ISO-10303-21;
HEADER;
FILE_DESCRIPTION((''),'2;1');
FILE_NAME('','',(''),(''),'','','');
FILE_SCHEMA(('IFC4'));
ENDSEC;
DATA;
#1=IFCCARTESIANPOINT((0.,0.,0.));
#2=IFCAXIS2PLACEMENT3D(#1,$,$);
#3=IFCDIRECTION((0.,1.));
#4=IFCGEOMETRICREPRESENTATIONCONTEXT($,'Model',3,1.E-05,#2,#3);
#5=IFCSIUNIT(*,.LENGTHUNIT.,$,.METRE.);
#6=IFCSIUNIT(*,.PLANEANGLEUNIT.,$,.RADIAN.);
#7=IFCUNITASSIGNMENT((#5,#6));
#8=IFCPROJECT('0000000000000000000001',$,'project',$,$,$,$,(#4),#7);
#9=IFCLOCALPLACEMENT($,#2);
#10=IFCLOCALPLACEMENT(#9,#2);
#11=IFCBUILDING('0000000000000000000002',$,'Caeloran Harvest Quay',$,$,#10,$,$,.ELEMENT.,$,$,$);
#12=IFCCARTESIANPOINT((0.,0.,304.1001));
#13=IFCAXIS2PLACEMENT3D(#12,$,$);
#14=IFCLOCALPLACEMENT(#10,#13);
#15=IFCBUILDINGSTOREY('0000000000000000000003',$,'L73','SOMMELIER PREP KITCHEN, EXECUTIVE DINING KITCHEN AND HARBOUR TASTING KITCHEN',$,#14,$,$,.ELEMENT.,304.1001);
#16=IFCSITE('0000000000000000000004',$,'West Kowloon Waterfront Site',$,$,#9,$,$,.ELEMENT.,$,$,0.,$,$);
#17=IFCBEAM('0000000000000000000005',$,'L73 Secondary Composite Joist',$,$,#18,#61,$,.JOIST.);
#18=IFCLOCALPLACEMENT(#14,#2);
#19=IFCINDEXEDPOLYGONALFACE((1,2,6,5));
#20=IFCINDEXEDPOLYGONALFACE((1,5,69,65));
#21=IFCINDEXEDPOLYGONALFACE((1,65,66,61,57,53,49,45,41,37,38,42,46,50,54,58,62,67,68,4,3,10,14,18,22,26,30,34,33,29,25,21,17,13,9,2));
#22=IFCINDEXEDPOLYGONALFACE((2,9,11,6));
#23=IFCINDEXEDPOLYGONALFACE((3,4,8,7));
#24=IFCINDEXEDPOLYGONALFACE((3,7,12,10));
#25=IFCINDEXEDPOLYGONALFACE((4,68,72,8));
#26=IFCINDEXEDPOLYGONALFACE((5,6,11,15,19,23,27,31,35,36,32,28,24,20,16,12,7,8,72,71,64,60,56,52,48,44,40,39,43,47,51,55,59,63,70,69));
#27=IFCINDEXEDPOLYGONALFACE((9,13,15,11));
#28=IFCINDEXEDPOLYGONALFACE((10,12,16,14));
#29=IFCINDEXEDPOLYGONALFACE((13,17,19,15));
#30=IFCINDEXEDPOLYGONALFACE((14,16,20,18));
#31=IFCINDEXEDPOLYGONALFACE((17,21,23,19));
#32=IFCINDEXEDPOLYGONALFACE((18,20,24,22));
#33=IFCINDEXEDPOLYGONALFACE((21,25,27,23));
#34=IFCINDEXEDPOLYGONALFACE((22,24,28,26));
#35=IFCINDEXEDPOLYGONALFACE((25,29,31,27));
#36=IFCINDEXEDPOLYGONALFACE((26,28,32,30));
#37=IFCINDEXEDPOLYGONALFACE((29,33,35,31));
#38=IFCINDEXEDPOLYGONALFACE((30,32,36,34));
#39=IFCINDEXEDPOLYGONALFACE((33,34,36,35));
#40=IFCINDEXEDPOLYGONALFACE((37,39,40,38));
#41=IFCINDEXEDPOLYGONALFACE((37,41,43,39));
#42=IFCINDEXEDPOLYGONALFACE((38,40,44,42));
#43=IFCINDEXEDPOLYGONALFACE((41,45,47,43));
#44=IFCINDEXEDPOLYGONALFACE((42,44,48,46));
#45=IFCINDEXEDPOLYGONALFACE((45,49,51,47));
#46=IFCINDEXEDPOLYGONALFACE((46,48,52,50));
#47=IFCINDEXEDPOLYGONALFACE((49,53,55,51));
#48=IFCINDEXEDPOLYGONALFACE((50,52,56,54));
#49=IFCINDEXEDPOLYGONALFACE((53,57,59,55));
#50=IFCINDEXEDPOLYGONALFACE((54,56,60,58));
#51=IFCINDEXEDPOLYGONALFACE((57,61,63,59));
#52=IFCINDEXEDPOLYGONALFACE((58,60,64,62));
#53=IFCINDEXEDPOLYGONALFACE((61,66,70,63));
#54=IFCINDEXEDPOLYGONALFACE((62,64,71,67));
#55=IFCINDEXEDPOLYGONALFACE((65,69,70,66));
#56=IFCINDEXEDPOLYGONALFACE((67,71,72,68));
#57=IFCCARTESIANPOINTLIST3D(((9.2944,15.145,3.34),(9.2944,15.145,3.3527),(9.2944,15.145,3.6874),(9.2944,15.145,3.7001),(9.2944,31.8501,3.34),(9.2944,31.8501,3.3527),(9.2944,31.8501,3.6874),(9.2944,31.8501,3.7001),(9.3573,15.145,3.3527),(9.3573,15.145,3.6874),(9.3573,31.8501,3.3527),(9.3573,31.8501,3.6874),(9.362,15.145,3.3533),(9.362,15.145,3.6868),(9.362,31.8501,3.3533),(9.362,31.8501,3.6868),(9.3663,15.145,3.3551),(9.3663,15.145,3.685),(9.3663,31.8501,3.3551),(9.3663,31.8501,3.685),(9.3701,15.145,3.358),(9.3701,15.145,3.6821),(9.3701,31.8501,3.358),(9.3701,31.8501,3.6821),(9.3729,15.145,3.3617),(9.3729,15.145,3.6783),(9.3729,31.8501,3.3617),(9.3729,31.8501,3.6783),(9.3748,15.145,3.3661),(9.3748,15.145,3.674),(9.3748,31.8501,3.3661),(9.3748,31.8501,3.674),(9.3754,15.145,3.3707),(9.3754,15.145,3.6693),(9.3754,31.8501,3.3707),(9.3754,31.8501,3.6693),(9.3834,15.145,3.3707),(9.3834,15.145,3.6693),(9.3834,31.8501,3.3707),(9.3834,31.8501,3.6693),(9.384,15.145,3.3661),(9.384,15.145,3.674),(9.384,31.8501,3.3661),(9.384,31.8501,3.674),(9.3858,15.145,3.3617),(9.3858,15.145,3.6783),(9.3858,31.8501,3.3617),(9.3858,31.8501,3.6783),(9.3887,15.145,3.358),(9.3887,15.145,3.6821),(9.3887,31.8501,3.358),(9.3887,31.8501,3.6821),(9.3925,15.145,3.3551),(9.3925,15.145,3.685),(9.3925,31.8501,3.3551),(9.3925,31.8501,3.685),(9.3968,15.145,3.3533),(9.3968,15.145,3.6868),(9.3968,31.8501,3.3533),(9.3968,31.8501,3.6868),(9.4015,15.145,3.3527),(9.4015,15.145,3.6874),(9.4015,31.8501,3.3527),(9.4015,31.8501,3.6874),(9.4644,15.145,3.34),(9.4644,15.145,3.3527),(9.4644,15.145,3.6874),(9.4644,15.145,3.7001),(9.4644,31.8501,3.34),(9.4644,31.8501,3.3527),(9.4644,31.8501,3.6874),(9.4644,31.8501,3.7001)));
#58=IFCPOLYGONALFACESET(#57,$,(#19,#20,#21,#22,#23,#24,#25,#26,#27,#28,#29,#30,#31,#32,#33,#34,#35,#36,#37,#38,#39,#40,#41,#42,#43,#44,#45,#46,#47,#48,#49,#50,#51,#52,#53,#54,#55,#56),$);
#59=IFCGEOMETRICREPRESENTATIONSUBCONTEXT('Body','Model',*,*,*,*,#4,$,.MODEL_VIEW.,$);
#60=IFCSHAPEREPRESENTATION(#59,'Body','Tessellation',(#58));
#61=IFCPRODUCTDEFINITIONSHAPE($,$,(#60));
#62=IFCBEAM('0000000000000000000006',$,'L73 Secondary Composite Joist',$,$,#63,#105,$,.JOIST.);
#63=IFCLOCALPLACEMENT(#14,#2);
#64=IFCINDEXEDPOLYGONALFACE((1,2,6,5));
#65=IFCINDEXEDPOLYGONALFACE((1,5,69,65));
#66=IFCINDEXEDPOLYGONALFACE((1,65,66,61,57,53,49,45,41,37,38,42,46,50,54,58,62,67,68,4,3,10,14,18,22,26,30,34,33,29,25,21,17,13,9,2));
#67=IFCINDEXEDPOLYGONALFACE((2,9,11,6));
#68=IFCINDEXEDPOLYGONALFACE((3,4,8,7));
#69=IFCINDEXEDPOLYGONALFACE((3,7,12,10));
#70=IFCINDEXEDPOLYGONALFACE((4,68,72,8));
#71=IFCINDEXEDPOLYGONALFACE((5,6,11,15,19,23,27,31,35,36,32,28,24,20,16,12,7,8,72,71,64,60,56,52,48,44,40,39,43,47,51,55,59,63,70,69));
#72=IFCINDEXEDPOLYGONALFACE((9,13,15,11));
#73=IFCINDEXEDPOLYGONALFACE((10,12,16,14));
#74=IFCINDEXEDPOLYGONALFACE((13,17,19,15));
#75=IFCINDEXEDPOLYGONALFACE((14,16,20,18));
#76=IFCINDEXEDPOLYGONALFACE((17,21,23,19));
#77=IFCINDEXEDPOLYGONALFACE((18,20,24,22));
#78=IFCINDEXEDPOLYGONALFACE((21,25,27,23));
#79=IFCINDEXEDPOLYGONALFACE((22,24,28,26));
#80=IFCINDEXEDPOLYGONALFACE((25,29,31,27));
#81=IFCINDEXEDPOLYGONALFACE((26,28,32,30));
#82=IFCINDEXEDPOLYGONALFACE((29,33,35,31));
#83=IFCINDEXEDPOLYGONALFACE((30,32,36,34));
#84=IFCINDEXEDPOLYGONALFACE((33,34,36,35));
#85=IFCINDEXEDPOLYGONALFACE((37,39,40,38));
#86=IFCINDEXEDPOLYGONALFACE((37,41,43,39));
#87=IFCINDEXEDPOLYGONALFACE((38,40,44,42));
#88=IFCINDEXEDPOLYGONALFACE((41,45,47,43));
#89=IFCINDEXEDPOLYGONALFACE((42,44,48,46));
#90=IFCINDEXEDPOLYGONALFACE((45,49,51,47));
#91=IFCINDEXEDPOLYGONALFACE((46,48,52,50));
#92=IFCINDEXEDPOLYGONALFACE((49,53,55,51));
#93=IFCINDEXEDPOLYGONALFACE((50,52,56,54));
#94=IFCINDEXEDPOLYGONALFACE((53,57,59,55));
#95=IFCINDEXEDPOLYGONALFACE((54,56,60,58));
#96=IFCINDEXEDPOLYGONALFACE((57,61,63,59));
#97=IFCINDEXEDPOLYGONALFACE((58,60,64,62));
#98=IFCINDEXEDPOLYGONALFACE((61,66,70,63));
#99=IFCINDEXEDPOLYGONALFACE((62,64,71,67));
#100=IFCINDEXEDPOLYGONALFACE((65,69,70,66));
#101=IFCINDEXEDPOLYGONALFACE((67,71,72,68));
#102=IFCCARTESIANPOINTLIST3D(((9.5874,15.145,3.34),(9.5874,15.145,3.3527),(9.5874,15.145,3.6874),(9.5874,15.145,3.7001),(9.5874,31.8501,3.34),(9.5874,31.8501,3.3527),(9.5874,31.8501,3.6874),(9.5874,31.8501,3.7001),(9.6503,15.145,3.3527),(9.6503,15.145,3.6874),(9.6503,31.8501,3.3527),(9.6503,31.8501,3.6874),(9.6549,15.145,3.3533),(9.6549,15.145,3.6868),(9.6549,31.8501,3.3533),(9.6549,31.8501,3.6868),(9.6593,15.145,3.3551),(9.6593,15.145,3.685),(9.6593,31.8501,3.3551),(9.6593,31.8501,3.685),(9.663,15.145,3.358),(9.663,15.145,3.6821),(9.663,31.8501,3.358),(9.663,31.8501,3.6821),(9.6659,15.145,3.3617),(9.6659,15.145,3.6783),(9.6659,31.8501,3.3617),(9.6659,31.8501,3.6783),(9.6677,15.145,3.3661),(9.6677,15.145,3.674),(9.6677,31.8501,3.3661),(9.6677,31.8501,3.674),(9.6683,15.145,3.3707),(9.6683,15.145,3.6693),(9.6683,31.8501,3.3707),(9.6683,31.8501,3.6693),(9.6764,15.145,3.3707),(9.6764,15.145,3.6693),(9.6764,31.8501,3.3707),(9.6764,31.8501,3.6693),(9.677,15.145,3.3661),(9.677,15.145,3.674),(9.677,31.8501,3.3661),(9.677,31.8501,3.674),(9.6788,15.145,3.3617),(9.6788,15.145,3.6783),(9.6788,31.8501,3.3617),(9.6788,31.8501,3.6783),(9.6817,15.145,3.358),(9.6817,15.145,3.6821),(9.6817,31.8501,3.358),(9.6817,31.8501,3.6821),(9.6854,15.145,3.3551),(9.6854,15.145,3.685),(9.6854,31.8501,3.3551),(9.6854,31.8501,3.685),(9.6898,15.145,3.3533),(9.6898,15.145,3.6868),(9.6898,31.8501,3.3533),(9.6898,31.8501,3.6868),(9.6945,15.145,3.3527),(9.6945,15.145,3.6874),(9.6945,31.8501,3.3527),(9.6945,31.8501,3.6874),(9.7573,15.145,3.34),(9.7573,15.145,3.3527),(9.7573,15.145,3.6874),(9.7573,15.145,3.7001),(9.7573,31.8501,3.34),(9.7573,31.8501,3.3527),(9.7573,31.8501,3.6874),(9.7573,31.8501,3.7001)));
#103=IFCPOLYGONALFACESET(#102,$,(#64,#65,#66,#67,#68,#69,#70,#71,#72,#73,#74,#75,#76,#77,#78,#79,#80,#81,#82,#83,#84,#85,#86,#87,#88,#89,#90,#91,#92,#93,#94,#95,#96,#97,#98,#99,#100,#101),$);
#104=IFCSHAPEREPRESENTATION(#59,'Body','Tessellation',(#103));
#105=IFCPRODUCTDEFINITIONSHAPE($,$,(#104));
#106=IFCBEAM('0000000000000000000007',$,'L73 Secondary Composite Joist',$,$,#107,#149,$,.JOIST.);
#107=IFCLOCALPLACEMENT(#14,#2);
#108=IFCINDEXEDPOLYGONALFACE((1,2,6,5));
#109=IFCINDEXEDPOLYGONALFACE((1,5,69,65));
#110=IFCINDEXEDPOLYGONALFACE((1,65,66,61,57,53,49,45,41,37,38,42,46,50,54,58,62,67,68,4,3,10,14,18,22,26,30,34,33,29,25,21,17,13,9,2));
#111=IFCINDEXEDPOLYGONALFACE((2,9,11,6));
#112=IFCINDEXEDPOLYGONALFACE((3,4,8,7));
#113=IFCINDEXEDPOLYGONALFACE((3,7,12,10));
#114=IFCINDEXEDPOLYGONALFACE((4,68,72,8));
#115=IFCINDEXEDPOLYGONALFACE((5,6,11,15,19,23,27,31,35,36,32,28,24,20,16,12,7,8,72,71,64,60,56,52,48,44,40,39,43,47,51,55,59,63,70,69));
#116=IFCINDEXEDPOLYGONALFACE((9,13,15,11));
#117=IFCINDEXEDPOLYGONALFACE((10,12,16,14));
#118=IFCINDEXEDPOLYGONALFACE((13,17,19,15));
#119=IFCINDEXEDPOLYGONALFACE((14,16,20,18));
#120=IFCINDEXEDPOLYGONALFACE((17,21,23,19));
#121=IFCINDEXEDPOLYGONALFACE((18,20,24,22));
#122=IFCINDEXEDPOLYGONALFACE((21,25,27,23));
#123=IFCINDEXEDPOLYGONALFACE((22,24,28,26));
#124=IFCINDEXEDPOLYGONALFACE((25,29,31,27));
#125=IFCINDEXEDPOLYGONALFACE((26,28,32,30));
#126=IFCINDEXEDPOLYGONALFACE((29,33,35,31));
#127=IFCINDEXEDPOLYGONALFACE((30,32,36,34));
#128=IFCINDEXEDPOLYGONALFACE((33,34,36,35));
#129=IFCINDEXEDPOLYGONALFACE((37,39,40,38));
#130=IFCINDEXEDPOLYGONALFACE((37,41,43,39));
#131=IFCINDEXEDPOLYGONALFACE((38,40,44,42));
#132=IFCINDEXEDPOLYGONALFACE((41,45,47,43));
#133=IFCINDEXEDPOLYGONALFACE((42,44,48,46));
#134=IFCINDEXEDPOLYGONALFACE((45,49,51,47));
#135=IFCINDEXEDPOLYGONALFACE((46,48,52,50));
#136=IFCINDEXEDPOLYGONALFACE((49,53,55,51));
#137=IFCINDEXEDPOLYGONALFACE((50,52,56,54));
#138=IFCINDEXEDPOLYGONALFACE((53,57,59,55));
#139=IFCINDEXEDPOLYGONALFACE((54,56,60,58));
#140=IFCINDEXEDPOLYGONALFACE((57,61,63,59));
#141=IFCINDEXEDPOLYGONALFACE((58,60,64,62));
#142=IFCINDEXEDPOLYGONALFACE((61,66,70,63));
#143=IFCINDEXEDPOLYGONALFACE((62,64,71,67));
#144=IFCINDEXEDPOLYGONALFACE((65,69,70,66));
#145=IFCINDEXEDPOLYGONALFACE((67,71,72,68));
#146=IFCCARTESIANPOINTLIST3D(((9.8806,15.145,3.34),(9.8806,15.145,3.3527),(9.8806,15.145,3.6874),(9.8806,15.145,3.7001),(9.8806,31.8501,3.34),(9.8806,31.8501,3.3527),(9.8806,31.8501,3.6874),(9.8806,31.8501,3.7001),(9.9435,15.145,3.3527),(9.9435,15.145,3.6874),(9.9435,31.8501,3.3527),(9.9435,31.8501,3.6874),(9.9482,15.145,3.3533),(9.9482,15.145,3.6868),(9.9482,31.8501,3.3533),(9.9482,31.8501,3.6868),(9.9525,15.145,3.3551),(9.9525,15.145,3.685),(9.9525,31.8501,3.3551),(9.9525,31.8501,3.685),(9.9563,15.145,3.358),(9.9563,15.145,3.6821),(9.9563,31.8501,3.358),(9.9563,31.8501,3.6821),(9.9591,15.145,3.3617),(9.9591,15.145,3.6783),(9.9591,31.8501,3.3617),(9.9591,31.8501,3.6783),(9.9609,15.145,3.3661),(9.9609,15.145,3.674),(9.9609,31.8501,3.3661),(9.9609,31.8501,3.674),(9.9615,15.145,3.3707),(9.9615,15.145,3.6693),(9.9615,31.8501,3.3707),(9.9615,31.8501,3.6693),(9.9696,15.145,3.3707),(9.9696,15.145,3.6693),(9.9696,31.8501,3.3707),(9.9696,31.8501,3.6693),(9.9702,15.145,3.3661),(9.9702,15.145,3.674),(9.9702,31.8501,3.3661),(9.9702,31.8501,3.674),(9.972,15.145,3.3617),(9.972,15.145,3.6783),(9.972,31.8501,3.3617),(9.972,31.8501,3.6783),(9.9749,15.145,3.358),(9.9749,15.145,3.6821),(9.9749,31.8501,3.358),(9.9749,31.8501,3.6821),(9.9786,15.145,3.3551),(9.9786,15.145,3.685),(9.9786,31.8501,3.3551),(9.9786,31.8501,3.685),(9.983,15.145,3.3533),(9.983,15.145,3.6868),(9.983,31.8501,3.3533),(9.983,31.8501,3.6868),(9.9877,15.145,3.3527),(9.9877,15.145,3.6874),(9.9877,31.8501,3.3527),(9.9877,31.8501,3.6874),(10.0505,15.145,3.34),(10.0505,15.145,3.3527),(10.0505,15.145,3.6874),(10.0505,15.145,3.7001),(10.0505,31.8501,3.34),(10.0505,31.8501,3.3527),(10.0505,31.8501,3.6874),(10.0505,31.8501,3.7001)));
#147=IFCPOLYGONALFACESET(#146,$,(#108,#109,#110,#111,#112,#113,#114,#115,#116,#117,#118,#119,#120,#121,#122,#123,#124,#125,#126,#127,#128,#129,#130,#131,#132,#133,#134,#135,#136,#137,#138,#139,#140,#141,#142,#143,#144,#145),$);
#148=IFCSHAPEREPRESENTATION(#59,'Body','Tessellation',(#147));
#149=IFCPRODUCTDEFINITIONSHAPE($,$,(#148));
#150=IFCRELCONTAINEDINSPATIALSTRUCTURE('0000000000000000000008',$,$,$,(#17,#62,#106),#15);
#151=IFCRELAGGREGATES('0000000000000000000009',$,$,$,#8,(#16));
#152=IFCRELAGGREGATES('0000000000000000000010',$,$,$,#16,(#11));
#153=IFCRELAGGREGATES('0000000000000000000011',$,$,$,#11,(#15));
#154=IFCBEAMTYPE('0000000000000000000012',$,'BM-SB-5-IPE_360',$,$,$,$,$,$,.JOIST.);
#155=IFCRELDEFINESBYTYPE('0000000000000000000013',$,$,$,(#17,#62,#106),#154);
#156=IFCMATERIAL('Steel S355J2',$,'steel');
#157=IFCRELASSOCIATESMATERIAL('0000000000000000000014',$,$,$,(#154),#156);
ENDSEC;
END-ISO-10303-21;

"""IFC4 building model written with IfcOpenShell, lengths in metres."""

from ifc_helpers import new_model, si_unit, direction, frame, origin, origin_2d, place, context, subcontext, project, spatial, i_section, extrude, material, material_profile, profile_set, type_object, element, save


model = new_model("IFC4")

# Units and contexts
model_context = context("Model", 3, precision=1e-05, world=origin(), true_north=direction((0.0, 1.0)))
body_context = subcontext(model_context, "Body", "Model", "MODEL_VIEW")
ifc_project = project(units=[si_unit("LENGTHUNIT", "METRE"), si_unit("PLANEANGLEUNIT", "RADIAN")], contexts=[model_context])

# Site, building, storey
site_placement = place(None, origin())
site = spatial("IfcSite", under=ifc_project, at=site_placement, Name="West Kowloon Waterfront Site", CompositionType="ELEMENT", RefElevation=0.0)
building_placement = place(site_placement, origin())
building = spatial("IfcBuilding", under=site, at=building_placement, Name="Caeloran Harvest Quay", CompositionType="ELEMENT")
storey_placement = place(building_placement, frame((0.0, 0.0, 304.1001)))
storey = spatial("IfcBuildingStorey", under=building, at=storey_placement, Name="L73", Description="SOMMELIER PREP KITCHEN, EXECUTIVE DINING KITCHEN AND HARBOUR TASTING KITCHEN", CompositionType="ELEMENT", Elevation=304.1001)

# Beams
ifc_material_1 = material(Name="Steel S355J2", Category="steel")
ifc_material_profile_1 = material_profile(ifc_material_1, i_section(OverallWidth=0.1699, OverallDepth=0.3601, WebThickness=0.0081, FlangeThickness=0.0127, FilletRadius=0.0181, at=origin_2d()), Name="IPE 360")
ifc_profile_set_1 = profile_set([ifc_material_profile_1], Name="Steel S355J2")
beam_type_1 = type_object("IfcBeamType", Name="BM-SB-5-IPE_360", PredefinedType="JOIST", material=ifc_profile_set_1)
for number, where, z_axis, x_axis, name in (
    (1, (9.3794, 15.145, 3.52), (0.0, 1.0, 0.0), (-1.0, 0.0, 0.0), "L73 Secondary Composite Joist"),
    (2, (9.6724, 15.145, 3.52), (0.0, 1.0, 0.0), (-1.0, 0.0, 0.0), "L73 Secondary Composite Joist"),
    (3, (9.9656, 15.145, 3.52), (0.0, 1.0, 0.0), (-1.0, 0.0, 0.0), "L73 Secondary Composite Joist"),
):
    element("IfcBeam", number, at=place(storey_placement, frame(where, z_axis=z_axis, x_axis=x_axis)), inside=storey, type_object=beam_type_1, Name=name, PredefinedType="JOIST", context=body_context, shape_type="SweptSolid", body=[
        extrude(i_section(OverallWidth=0.1699, OverallDepth=0.3601, WebThickness=0.0081, FlangeThickness=0.0127, FilletRadius=0.0181, at=origin_2d()), origin(), (0.0, 0.0, 1.0), 16.7051),
    ])

save(model, "model.ifc")
